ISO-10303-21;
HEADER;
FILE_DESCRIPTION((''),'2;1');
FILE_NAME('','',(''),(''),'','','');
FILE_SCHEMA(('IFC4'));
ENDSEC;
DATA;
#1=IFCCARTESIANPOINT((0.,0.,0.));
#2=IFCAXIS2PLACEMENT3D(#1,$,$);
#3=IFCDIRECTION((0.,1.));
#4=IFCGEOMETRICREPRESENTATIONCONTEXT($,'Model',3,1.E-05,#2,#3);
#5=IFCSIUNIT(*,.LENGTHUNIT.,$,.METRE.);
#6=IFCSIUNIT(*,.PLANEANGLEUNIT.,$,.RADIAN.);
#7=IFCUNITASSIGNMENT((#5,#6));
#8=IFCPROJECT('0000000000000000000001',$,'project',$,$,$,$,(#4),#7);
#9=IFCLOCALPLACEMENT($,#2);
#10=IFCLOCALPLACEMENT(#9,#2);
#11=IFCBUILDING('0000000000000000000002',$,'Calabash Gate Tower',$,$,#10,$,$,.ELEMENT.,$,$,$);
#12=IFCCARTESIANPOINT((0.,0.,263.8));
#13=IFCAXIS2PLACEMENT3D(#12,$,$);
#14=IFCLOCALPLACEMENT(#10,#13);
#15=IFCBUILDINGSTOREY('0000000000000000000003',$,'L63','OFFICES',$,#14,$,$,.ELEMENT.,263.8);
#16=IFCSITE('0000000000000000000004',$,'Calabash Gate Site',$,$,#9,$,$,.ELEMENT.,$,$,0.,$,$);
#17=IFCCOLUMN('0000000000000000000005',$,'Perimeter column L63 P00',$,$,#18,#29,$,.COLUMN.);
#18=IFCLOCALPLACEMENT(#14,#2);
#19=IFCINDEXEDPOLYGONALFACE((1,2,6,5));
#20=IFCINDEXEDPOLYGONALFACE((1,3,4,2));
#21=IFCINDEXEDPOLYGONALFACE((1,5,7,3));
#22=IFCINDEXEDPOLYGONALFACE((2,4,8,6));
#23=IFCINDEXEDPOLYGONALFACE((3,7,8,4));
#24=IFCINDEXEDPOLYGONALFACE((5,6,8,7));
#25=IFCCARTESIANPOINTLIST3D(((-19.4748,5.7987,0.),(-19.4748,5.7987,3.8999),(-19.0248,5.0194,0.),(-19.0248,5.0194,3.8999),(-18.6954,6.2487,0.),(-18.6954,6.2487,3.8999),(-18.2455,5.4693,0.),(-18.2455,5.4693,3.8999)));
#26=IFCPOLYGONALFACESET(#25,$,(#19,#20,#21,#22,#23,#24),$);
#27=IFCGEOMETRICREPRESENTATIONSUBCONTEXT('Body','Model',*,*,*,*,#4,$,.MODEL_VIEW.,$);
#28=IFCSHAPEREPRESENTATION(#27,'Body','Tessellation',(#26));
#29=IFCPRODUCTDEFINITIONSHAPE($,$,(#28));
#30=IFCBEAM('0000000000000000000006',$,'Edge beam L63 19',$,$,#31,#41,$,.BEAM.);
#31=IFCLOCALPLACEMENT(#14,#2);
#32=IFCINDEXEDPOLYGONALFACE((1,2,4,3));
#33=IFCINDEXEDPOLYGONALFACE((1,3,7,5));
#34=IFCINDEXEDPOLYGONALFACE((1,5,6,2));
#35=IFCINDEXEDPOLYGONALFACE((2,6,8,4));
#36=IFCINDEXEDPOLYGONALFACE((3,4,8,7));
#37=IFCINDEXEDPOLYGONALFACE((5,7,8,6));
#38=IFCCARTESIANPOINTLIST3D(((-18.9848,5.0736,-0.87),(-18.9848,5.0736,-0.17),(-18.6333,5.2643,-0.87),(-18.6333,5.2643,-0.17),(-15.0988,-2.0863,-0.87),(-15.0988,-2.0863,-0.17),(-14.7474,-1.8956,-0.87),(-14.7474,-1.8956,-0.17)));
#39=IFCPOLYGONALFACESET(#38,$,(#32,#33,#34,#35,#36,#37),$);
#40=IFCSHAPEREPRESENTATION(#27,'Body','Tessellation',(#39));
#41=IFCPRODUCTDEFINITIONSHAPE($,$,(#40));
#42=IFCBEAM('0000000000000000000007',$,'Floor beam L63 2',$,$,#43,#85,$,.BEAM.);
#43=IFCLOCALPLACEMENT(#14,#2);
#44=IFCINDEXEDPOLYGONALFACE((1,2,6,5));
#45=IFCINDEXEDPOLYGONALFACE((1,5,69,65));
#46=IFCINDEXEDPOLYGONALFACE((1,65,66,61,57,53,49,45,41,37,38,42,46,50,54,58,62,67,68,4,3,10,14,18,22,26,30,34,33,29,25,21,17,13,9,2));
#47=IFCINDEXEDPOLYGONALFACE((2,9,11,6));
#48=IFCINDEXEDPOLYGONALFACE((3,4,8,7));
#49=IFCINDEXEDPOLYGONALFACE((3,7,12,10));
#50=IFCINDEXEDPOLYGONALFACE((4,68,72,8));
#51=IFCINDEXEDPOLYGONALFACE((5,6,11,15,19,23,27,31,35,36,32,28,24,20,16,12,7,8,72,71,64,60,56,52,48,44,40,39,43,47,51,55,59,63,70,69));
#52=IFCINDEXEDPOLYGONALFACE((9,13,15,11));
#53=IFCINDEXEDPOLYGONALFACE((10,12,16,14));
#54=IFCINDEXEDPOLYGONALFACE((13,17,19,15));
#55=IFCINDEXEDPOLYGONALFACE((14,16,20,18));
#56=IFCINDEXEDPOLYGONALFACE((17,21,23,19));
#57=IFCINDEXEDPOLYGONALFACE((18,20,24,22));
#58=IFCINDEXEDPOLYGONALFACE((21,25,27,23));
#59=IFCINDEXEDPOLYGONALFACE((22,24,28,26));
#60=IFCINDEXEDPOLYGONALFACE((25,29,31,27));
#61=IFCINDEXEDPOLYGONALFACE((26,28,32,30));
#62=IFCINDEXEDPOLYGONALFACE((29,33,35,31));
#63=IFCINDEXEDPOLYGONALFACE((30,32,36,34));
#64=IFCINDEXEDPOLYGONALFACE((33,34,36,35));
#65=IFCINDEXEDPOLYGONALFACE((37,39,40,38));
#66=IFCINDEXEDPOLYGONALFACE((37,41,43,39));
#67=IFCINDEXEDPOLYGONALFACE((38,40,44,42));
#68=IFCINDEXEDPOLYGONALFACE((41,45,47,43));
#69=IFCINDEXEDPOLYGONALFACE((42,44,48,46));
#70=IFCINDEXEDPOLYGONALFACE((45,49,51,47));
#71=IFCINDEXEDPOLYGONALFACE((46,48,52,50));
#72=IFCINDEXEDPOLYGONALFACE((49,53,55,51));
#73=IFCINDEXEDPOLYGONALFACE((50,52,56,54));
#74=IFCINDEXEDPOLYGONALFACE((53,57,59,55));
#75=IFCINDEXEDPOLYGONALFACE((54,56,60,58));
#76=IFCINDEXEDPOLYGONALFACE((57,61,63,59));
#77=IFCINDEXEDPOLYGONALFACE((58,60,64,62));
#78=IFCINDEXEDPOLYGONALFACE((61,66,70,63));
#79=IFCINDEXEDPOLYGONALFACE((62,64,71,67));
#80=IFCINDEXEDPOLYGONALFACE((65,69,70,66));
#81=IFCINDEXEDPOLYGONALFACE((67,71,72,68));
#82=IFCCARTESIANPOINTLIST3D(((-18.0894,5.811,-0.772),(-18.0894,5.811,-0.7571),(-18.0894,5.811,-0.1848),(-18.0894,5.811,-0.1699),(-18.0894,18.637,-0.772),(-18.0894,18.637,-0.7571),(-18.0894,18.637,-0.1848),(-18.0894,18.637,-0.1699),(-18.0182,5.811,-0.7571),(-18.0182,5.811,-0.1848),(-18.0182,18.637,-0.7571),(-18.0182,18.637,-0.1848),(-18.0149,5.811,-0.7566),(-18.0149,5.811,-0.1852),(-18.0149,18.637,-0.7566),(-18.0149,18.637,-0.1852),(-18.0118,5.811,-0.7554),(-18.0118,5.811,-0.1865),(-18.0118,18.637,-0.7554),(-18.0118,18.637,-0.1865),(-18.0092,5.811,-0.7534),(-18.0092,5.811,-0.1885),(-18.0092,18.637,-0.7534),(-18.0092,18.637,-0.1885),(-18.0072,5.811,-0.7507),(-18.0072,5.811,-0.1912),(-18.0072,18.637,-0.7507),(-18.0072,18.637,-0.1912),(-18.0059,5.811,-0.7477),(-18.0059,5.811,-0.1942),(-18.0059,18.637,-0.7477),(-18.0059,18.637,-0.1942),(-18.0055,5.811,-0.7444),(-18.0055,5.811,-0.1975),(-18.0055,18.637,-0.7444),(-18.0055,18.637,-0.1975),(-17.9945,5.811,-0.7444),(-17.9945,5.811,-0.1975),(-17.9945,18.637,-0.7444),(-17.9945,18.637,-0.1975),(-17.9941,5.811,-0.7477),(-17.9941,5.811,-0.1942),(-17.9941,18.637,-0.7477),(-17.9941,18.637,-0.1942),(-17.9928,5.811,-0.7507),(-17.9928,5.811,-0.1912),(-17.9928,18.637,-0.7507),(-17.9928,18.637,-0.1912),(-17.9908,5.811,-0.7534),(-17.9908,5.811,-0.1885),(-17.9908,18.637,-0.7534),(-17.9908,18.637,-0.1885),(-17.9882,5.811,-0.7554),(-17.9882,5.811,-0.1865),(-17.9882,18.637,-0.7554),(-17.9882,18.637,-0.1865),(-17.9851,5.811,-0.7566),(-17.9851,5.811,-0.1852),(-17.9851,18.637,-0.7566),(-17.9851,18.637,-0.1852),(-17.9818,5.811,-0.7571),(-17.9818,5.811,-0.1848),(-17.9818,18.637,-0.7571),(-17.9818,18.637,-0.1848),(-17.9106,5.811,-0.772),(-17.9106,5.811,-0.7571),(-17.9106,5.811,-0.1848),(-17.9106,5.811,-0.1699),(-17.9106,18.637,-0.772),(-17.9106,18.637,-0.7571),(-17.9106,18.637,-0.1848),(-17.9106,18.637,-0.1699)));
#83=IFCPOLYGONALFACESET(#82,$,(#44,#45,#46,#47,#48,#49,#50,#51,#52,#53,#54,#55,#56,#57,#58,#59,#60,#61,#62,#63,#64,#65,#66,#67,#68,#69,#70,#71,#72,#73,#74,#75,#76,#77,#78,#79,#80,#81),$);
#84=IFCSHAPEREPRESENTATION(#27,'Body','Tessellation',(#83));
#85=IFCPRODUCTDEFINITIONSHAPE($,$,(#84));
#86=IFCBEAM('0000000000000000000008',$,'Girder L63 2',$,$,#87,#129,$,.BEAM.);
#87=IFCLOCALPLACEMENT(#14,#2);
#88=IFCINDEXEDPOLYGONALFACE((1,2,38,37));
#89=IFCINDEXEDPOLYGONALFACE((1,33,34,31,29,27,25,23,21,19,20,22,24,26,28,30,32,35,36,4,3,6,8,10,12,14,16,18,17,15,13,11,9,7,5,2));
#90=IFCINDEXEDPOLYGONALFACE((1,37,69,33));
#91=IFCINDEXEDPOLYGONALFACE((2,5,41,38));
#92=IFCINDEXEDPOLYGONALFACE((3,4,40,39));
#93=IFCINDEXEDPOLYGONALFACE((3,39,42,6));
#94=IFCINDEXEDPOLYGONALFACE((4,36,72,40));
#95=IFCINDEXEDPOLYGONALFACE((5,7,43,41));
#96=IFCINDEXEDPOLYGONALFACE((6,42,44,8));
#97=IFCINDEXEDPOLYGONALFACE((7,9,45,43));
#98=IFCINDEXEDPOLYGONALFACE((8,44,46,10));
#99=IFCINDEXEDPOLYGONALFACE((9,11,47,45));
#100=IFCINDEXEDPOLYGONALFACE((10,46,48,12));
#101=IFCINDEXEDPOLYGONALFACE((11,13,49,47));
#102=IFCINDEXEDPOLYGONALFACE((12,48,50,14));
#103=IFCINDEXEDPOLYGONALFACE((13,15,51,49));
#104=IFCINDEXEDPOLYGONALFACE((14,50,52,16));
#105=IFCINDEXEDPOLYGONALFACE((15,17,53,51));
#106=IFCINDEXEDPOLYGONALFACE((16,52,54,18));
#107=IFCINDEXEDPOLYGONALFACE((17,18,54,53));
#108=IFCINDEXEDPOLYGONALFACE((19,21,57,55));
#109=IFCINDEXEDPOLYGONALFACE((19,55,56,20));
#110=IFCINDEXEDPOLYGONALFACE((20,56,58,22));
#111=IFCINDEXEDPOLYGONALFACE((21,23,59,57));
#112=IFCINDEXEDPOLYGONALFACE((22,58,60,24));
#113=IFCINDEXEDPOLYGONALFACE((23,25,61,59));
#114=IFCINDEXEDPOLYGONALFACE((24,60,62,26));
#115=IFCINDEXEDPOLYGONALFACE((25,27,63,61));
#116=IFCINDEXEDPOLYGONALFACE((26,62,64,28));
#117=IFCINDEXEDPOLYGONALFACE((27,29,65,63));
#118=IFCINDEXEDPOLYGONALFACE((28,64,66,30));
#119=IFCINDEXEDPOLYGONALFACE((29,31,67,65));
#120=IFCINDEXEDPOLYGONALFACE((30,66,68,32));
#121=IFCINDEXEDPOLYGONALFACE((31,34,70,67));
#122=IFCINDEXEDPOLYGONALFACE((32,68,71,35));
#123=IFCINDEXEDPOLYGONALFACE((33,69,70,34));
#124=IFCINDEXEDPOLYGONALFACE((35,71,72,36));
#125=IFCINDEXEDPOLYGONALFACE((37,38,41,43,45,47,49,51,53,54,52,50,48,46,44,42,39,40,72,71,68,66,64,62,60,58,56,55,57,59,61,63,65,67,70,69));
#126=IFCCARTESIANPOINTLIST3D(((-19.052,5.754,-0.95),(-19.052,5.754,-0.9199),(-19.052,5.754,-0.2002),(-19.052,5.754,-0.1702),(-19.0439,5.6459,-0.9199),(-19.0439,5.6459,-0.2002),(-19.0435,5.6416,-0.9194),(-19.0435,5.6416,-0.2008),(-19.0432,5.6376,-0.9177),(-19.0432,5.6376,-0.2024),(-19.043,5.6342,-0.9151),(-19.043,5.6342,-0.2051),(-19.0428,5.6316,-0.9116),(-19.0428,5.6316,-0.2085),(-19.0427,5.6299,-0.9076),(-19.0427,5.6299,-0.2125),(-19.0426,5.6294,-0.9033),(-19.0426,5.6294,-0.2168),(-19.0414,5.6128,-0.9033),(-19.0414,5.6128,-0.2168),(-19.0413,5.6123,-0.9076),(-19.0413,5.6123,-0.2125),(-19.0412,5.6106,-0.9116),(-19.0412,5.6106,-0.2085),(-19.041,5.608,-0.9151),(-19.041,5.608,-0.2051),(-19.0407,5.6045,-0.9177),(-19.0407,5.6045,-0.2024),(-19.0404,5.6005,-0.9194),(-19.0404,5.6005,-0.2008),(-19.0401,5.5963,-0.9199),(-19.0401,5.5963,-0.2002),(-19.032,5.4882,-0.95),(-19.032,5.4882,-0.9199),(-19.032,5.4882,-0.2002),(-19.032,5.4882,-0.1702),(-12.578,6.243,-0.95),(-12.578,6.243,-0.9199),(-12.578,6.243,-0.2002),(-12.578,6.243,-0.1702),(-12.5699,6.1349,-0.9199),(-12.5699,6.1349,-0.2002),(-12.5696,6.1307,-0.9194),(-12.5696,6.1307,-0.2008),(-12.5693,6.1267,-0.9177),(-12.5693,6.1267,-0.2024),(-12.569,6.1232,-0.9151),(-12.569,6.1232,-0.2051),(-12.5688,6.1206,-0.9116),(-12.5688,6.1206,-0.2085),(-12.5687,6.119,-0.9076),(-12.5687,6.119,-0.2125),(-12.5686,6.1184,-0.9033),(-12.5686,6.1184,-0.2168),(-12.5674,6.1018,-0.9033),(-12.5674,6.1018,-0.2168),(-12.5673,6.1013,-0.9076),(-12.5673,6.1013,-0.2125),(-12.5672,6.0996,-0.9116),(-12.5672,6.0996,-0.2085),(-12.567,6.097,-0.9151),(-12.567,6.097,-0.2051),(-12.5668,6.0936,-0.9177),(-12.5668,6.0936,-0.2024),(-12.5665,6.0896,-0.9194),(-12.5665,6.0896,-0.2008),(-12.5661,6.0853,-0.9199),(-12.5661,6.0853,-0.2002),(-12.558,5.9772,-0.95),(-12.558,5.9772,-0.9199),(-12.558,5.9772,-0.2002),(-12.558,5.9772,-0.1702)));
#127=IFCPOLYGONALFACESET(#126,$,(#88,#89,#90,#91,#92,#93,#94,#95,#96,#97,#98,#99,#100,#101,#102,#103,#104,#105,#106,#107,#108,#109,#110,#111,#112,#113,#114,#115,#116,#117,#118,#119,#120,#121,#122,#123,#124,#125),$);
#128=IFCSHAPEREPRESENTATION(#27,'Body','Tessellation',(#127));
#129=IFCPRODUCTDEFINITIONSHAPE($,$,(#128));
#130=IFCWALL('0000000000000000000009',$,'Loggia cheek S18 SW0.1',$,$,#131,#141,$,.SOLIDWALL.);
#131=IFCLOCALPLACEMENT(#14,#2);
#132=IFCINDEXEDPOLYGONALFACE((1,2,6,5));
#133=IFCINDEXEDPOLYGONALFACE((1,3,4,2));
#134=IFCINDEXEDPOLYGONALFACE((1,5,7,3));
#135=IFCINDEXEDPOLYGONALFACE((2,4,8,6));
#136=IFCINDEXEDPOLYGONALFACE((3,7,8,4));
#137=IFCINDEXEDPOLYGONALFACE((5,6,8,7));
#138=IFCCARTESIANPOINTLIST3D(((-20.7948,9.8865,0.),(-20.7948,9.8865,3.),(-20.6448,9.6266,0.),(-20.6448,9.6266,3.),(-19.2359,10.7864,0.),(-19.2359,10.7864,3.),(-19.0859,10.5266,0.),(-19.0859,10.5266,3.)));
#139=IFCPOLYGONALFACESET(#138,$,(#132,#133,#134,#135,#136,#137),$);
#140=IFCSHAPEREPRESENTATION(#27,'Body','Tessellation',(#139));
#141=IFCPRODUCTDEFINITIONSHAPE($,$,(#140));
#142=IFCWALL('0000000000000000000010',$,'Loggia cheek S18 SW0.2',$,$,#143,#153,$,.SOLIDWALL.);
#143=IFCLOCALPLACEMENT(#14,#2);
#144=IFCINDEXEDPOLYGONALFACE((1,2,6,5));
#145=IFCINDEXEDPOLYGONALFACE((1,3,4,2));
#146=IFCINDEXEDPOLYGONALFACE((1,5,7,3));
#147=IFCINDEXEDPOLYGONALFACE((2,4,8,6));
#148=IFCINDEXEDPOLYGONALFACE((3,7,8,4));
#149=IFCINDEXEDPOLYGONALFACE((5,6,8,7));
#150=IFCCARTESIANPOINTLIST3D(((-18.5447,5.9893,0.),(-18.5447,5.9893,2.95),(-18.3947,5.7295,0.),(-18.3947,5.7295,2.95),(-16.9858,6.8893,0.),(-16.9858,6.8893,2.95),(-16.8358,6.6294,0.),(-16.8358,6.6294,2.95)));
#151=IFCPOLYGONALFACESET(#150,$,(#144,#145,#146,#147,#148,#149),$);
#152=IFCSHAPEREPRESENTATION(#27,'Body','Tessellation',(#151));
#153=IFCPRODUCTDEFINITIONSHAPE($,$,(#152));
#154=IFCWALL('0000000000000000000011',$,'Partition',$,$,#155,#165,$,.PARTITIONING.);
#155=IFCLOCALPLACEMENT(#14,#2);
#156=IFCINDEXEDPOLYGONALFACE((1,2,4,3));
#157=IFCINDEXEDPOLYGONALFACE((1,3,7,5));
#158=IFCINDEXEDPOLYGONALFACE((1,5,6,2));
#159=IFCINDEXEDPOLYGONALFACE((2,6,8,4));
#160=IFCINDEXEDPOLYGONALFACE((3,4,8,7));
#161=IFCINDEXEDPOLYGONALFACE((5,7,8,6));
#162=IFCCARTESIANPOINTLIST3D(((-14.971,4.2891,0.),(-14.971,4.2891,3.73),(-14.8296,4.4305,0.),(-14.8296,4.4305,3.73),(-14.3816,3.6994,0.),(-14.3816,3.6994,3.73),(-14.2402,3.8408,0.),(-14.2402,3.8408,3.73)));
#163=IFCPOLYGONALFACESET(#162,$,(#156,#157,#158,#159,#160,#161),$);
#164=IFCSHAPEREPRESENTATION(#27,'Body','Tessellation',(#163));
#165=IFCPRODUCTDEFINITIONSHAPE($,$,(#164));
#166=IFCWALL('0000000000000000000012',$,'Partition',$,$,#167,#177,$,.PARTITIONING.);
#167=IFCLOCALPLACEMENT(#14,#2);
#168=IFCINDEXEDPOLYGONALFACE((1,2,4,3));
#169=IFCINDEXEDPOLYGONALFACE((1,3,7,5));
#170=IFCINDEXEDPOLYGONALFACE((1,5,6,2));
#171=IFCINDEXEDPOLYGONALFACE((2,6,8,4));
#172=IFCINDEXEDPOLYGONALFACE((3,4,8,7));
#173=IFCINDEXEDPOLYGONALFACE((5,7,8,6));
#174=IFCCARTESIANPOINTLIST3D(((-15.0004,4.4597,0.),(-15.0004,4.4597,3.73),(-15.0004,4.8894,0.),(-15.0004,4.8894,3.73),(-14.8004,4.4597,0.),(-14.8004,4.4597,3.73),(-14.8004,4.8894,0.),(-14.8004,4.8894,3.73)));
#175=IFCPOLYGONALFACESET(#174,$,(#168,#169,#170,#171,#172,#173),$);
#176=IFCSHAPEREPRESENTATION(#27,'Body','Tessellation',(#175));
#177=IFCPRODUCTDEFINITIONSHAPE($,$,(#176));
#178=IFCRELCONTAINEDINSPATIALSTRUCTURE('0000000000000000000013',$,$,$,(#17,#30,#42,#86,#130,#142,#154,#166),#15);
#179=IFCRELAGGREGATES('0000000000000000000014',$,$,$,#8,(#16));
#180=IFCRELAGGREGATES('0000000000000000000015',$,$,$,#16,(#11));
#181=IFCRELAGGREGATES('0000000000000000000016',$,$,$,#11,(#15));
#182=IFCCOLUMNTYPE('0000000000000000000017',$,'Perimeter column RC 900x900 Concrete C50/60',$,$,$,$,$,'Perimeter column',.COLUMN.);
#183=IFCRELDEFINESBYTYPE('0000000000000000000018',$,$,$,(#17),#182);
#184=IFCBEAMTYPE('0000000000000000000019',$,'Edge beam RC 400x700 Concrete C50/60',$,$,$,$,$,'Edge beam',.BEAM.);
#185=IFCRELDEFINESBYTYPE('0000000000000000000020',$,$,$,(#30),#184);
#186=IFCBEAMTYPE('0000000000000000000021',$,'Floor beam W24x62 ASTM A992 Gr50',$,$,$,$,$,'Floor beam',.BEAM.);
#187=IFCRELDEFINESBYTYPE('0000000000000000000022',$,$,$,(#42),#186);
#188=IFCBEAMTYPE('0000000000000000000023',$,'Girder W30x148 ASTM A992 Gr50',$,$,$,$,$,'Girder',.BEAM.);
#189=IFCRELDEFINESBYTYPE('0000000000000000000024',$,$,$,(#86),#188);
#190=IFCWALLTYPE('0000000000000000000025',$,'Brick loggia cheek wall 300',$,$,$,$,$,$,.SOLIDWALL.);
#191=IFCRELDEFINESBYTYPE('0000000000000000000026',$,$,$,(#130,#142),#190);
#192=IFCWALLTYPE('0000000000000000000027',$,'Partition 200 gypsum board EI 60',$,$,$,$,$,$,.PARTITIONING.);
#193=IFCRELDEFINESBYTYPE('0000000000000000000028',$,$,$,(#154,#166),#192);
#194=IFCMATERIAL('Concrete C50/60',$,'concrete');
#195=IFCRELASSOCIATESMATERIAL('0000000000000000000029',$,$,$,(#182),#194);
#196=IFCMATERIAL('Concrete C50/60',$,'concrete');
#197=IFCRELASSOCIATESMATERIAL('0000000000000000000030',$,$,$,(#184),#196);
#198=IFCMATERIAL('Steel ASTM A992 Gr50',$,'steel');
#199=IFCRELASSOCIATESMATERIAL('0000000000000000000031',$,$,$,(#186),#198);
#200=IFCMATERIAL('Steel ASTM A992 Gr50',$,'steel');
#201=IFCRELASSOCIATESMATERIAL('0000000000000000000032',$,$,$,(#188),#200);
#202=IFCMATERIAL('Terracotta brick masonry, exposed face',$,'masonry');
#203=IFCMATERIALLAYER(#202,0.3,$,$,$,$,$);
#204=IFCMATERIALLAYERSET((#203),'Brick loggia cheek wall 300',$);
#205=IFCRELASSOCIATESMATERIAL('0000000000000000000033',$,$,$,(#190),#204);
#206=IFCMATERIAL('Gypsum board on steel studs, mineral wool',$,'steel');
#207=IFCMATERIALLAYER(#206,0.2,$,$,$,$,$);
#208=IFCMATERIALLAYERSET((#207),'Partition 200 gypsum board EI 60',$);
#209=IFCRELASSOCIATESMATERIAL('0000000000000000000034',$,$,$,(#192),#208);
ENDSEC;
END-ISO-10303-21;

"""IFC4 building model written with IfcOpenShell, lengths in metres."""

from ifc_helpers import new_model, si_unit, direction, frame, frame_2d, origin, origin_2d, place, context, subcontext, project, spatial, rectangle, i_section, extrude, material, layer, layer_set, material_profile, profile_set, type_object, element, save


model = new_model("IFC4")

# Units and contexts
model_context = context("Model", 3, precision=1e-05, world=origin(), true_north=direction((0.0, 1.0)))
body_context = subcontext(model_context, "Body", "Model", "MODEL_VIEW")
ifc_project = project(units=[si_unit("LENGTHUNIT", "METRE"), si_unit("PLANEANGLEUNIT", "RADIAN")], contexts=[model_context])

# Site, building, storey
site_placement = place(None, origin())
site = spatial("IfcSite", under=ifc_project, at=site_placement, Name="Calabash Gate Site", CompositionType="ELEMENT", RefElevation=0.0)
building_placement = place(site_placement, origin())
building = spatial("IfcBuilding", under=site, at=building_placement, Name="Calabash Gate Tower", CompositionType="ELEMENT")
storey_placement = place(building_placement, frame((0.0, 0.0, 263.8)))
storey = spatial("IfcBuildingStorey", under=building, at=storey_placement, Name="L63", Description="OFFICES", CompositionType="ELEMENT", Elevation=263.8)

# Column
ifc_material_1 = material(Name="Concrete C50/60", Category="concrete")
ifc_material_profile_1 = material_profile(ifc_material_1, rectangle(XDim=0.8999, YDim=0.8999, at=origin_2d()))
ifc_profile_set_1 = profile_set([ifc_material_profile_1], Name="Concrete C50/60")
column_type = type_object("IfcColumnType", Name="Perimeter column RC 900x900 Concrete C50/60", ElementType="Perimeter column", PredefinedType="COLUMN", material=ifc_profile_set_1)
column_placement = place(storey_placement, frame((-18.8601, 5.634, 0.0), z_axis=(0.0, 0.0, 1.0), x_axis=(0.5, -0.866025, 0.0)))
element("IfcColumn", 1, at=column_placement, inside=storey, type_object=column_type, Name="Perimeter column L63 P00", PredefinedType="COLUMN", context=body_context, shape_type="SweptSolid", body=[
    extrude(rectangle(XDim=0.8999, YDim=0.8999, at=origin_2d()), origin(), (0.0, 0.0, 1.0), 3.8999),
])

# Beams
ifc_material_2 = material(Name="Concrete C50/60", Category="concrete")
ifc_material_profile_2 = material_profile(ifc_material_2, rectangle(XDim=0.3999, YDim=0.7, at=origin_2d()))
ifc_profile_set_2 = profile_set([ifc_material_profile_2], Name="Concrete C50/60")
beam_type_1 = type_object("IfcBeamType", Name="Edge beam RC 400x700 Concrete C50/60", ElementType="Edge beam", PredefinedType="BEAM", material=ifc_profile_set_2)
beam_1_placement = place(storey_placement, frame((-18.8091, 5.1689, -0.52), z_axis=(0.477014, -0.878896, 0.0), x_axis=(0.878896, 0.477014, 0.0)))
element("IfcBeam", 2, at=beam_1_placement, inside=storey, type_object=beam_type_1, Name="Edge beam L63 19", PredefinedType="BEAM", context=body_context, shape_type="SweptSolid", body=[
    extrude(rectangle(XDim=0.3999, YDim=0.7, at=origin_2d()), origin(), (0.0, 0.0, 1.0), 8.1465),
])
ifc_material_3 = material(Name="Steel ASTM A992 Gr50", Category="steel")
ifc_material_profile_3 = material_profile(ifc_material_3, i_section(OverallWidth=0.1787, OverallDepth=0.6021, WebThickness=0.011, FlangeThickness=0.0149, FilletRadius=0.0127, at=origin_2d()))
ifc_profile_set_3 = profile_set([ifc_material_profile_3], Name="Steel ASTM A992 Gr50")
beam_type_2 = type_object("IfcBeamType", Name="Floor beam W24x62 ASTM A992 Gr50", ElementType="Floor beam", PredefinedType="BEAM", material=ifc_profile_set_3)
beam_2_placement = place(storey_placement, frame((-18.0, 5.811, -0.4709), z_axis=(0.0, 1.0, 0.0), x_axis=(-1.0, 0.0, 0.0)))
element("IfcBeam", 3, at=beam_2_placement, inside=storey, type_object=beam_type_2, Name="Floor beam L63 2", PredefinedType="BEAM", context=body_context, shape_type="SweptSolid", body=[
    extrude(i_section(OverallWidth=0.1787, OverallDepth=0.6021, WebThickness=0.011, FlangeThickness=0.0149, FilletRadius=0.0127, at=origin_2d()), origin(), (0.0, 0.0, 1.0), 12.8259),
])
ifc_material_4 = material(Name="Steel ASTM A992 Gr50", Category="steel")
ifc_material_profile_4 = material_profile(ifc_material_4, i_section(OverallWidth=0.2666, OverallDepth=0.7798, WebThickness=0.0166, FlangeThickness=0.03, FilletRadius=0.0166, at=origin_2d()))
ifc_profile_set_4 = profile_set([ifc_material_profile_4], Name="Steel ASTM A992 Gr50")
beam_type_3 = type_object("IfcBeamType", Name="Girder W30x148 ASTM A992 Gr50", ElementType="Girder", PredefinedType="BEAM", material=ifc_profile_set_4)
beam_3_placement = place(storey_placement, frame((-19.042, 5.6211, -0.5601), z_axis=(0.997159, 0.075322, 0.0), x_axis=(-0.075322, 0.997159, 0.0)))
element("IfcBeam", 4, at=beam_3_placement, inside=storey, type_object=beam_type_3, Name="Girder L63 2", PredefinedType="BEAM", context=body_context, shape_type="SweptSolid", body=[
    extrude(i_section(OverallWidth=0.2666, OverallDepth=0.7798, WebThickness=0.0166, FlangeThickness=0.03, FilletRadius=0.0166, at=origin_2d()), origin(), (0.0, 0.0, 1.0), 6.4924),
])

# Walls
ifc_material_5 = material(Name="Terracotta brick masonry, exposed face", Category="masonry")
ifc_layer_1 = layer(ifc_material_5, 0.3)
ifc_layer_set_1 = layer_set([ifc_layer_1], Name="Brick loggia cheek wall 300")
wall_type_1 = type_object("IfcWallType", Name="Brick loggia cheek wall 300", PredefinedType="SOLIDWALL", material=ifc_layer_set_1)
wall_1_placement = place(storey_placement, frame((-20.7197, 9.7566, 0.0), z_axis=(0.0, 0.0, 1.0), x_axis=(0.866048, 0.499961, 0.0)))
element("IfcWall", 5, at=wall_1_placement, inside=storey, type_object=wall_type_1, Name="Loggia cheek S18 SW0.1", PredefinedType="SOLIDWALL", context=body_context, shape_type="SweptSolid", body=[
    extrude(rectangle(XDim=1.8, YDim=0.3, at=frame_2d((0.8999, 0.0))), origin(), (0.0, 0.0, 1.0), 3.0),
])
wall_2_placement = place(storey_placement, frame((-16.9109, 6.7593, 0.0), z_axis=(0.0, 0.0, 1.0), x_axis=(-0.866048, -0.499961, 0.0)))
element("IfcWall", 6, at=wall_2_placement, inside=storey, type_object=wall_type_1, Name="Loggia cheek S18 SW0.2", PredefinedType="SOLIDWALL", context=body_context, shape_type="SweptSolid", body=[
    extrude(rectangle(XDim=1.8, YDim=0.3, at=frame_2d((0.8999, 0.0))), origin(), (0.0, 0.0, 1.0), 2.95),
])
ifc_material_6 = material(Name="Gypsum board on steel studs, mineral wool", Category="steel")
ifc_layer_2 = layer(ifc_material_6, 0.2)
ifc_layer_set_2 = layer_set([ifc_layer_2], Name="Partition 200 gypsum board EI 60")
wall_type_2 = type_object("IfcWallType", Name="Partition 200 gypsum board EI 60", PredefinedType="PARTITIONING", material=ifc_layer_set_2)
wall_3_placement = place(storey_placement, frame((-14.9004, 4.3599, 0.0), z_axis=(0.0, 0.0, 1.0), x_axis=(0.70696, -0.707253, 0.0)))
element("IfcWall", 7, at=wall_3_placement, inside=storey, type_object=wall_type_2, Name="Partition", PredefinedType="PARTITIONING", context=body_context, shape_type="SweptSolid", body=[
    extrude(rectangle(XDim=0.8337, YDim=0.2, at=frame_2d((0.417, 0.0))), origin(), (0.0, 0.0, 1.0), 3.73),
])
wall_4_placement = place(storey_placement, frame((-14.9004, 4.8894, 0.0), z_axis=(0.0, 0.0, 1.0), x_axis=(0.0, -1.0, 0.0)))
element("IfcWall", 8, at=wall_4_placement, inside=storey, type_object=wall_type_2, Name="Partition", PredefinedType="PARTITIONING", context=body_context, shape_type="SweptSolid", body=[
    extrude(rectangle(XDim=0.4297, YDim=0.2, at=frame_2d((0.2148, 0.0))), origin(), (0.0, 0.0, 1.0), 3.73),
])

save(model, "model.ifc")
